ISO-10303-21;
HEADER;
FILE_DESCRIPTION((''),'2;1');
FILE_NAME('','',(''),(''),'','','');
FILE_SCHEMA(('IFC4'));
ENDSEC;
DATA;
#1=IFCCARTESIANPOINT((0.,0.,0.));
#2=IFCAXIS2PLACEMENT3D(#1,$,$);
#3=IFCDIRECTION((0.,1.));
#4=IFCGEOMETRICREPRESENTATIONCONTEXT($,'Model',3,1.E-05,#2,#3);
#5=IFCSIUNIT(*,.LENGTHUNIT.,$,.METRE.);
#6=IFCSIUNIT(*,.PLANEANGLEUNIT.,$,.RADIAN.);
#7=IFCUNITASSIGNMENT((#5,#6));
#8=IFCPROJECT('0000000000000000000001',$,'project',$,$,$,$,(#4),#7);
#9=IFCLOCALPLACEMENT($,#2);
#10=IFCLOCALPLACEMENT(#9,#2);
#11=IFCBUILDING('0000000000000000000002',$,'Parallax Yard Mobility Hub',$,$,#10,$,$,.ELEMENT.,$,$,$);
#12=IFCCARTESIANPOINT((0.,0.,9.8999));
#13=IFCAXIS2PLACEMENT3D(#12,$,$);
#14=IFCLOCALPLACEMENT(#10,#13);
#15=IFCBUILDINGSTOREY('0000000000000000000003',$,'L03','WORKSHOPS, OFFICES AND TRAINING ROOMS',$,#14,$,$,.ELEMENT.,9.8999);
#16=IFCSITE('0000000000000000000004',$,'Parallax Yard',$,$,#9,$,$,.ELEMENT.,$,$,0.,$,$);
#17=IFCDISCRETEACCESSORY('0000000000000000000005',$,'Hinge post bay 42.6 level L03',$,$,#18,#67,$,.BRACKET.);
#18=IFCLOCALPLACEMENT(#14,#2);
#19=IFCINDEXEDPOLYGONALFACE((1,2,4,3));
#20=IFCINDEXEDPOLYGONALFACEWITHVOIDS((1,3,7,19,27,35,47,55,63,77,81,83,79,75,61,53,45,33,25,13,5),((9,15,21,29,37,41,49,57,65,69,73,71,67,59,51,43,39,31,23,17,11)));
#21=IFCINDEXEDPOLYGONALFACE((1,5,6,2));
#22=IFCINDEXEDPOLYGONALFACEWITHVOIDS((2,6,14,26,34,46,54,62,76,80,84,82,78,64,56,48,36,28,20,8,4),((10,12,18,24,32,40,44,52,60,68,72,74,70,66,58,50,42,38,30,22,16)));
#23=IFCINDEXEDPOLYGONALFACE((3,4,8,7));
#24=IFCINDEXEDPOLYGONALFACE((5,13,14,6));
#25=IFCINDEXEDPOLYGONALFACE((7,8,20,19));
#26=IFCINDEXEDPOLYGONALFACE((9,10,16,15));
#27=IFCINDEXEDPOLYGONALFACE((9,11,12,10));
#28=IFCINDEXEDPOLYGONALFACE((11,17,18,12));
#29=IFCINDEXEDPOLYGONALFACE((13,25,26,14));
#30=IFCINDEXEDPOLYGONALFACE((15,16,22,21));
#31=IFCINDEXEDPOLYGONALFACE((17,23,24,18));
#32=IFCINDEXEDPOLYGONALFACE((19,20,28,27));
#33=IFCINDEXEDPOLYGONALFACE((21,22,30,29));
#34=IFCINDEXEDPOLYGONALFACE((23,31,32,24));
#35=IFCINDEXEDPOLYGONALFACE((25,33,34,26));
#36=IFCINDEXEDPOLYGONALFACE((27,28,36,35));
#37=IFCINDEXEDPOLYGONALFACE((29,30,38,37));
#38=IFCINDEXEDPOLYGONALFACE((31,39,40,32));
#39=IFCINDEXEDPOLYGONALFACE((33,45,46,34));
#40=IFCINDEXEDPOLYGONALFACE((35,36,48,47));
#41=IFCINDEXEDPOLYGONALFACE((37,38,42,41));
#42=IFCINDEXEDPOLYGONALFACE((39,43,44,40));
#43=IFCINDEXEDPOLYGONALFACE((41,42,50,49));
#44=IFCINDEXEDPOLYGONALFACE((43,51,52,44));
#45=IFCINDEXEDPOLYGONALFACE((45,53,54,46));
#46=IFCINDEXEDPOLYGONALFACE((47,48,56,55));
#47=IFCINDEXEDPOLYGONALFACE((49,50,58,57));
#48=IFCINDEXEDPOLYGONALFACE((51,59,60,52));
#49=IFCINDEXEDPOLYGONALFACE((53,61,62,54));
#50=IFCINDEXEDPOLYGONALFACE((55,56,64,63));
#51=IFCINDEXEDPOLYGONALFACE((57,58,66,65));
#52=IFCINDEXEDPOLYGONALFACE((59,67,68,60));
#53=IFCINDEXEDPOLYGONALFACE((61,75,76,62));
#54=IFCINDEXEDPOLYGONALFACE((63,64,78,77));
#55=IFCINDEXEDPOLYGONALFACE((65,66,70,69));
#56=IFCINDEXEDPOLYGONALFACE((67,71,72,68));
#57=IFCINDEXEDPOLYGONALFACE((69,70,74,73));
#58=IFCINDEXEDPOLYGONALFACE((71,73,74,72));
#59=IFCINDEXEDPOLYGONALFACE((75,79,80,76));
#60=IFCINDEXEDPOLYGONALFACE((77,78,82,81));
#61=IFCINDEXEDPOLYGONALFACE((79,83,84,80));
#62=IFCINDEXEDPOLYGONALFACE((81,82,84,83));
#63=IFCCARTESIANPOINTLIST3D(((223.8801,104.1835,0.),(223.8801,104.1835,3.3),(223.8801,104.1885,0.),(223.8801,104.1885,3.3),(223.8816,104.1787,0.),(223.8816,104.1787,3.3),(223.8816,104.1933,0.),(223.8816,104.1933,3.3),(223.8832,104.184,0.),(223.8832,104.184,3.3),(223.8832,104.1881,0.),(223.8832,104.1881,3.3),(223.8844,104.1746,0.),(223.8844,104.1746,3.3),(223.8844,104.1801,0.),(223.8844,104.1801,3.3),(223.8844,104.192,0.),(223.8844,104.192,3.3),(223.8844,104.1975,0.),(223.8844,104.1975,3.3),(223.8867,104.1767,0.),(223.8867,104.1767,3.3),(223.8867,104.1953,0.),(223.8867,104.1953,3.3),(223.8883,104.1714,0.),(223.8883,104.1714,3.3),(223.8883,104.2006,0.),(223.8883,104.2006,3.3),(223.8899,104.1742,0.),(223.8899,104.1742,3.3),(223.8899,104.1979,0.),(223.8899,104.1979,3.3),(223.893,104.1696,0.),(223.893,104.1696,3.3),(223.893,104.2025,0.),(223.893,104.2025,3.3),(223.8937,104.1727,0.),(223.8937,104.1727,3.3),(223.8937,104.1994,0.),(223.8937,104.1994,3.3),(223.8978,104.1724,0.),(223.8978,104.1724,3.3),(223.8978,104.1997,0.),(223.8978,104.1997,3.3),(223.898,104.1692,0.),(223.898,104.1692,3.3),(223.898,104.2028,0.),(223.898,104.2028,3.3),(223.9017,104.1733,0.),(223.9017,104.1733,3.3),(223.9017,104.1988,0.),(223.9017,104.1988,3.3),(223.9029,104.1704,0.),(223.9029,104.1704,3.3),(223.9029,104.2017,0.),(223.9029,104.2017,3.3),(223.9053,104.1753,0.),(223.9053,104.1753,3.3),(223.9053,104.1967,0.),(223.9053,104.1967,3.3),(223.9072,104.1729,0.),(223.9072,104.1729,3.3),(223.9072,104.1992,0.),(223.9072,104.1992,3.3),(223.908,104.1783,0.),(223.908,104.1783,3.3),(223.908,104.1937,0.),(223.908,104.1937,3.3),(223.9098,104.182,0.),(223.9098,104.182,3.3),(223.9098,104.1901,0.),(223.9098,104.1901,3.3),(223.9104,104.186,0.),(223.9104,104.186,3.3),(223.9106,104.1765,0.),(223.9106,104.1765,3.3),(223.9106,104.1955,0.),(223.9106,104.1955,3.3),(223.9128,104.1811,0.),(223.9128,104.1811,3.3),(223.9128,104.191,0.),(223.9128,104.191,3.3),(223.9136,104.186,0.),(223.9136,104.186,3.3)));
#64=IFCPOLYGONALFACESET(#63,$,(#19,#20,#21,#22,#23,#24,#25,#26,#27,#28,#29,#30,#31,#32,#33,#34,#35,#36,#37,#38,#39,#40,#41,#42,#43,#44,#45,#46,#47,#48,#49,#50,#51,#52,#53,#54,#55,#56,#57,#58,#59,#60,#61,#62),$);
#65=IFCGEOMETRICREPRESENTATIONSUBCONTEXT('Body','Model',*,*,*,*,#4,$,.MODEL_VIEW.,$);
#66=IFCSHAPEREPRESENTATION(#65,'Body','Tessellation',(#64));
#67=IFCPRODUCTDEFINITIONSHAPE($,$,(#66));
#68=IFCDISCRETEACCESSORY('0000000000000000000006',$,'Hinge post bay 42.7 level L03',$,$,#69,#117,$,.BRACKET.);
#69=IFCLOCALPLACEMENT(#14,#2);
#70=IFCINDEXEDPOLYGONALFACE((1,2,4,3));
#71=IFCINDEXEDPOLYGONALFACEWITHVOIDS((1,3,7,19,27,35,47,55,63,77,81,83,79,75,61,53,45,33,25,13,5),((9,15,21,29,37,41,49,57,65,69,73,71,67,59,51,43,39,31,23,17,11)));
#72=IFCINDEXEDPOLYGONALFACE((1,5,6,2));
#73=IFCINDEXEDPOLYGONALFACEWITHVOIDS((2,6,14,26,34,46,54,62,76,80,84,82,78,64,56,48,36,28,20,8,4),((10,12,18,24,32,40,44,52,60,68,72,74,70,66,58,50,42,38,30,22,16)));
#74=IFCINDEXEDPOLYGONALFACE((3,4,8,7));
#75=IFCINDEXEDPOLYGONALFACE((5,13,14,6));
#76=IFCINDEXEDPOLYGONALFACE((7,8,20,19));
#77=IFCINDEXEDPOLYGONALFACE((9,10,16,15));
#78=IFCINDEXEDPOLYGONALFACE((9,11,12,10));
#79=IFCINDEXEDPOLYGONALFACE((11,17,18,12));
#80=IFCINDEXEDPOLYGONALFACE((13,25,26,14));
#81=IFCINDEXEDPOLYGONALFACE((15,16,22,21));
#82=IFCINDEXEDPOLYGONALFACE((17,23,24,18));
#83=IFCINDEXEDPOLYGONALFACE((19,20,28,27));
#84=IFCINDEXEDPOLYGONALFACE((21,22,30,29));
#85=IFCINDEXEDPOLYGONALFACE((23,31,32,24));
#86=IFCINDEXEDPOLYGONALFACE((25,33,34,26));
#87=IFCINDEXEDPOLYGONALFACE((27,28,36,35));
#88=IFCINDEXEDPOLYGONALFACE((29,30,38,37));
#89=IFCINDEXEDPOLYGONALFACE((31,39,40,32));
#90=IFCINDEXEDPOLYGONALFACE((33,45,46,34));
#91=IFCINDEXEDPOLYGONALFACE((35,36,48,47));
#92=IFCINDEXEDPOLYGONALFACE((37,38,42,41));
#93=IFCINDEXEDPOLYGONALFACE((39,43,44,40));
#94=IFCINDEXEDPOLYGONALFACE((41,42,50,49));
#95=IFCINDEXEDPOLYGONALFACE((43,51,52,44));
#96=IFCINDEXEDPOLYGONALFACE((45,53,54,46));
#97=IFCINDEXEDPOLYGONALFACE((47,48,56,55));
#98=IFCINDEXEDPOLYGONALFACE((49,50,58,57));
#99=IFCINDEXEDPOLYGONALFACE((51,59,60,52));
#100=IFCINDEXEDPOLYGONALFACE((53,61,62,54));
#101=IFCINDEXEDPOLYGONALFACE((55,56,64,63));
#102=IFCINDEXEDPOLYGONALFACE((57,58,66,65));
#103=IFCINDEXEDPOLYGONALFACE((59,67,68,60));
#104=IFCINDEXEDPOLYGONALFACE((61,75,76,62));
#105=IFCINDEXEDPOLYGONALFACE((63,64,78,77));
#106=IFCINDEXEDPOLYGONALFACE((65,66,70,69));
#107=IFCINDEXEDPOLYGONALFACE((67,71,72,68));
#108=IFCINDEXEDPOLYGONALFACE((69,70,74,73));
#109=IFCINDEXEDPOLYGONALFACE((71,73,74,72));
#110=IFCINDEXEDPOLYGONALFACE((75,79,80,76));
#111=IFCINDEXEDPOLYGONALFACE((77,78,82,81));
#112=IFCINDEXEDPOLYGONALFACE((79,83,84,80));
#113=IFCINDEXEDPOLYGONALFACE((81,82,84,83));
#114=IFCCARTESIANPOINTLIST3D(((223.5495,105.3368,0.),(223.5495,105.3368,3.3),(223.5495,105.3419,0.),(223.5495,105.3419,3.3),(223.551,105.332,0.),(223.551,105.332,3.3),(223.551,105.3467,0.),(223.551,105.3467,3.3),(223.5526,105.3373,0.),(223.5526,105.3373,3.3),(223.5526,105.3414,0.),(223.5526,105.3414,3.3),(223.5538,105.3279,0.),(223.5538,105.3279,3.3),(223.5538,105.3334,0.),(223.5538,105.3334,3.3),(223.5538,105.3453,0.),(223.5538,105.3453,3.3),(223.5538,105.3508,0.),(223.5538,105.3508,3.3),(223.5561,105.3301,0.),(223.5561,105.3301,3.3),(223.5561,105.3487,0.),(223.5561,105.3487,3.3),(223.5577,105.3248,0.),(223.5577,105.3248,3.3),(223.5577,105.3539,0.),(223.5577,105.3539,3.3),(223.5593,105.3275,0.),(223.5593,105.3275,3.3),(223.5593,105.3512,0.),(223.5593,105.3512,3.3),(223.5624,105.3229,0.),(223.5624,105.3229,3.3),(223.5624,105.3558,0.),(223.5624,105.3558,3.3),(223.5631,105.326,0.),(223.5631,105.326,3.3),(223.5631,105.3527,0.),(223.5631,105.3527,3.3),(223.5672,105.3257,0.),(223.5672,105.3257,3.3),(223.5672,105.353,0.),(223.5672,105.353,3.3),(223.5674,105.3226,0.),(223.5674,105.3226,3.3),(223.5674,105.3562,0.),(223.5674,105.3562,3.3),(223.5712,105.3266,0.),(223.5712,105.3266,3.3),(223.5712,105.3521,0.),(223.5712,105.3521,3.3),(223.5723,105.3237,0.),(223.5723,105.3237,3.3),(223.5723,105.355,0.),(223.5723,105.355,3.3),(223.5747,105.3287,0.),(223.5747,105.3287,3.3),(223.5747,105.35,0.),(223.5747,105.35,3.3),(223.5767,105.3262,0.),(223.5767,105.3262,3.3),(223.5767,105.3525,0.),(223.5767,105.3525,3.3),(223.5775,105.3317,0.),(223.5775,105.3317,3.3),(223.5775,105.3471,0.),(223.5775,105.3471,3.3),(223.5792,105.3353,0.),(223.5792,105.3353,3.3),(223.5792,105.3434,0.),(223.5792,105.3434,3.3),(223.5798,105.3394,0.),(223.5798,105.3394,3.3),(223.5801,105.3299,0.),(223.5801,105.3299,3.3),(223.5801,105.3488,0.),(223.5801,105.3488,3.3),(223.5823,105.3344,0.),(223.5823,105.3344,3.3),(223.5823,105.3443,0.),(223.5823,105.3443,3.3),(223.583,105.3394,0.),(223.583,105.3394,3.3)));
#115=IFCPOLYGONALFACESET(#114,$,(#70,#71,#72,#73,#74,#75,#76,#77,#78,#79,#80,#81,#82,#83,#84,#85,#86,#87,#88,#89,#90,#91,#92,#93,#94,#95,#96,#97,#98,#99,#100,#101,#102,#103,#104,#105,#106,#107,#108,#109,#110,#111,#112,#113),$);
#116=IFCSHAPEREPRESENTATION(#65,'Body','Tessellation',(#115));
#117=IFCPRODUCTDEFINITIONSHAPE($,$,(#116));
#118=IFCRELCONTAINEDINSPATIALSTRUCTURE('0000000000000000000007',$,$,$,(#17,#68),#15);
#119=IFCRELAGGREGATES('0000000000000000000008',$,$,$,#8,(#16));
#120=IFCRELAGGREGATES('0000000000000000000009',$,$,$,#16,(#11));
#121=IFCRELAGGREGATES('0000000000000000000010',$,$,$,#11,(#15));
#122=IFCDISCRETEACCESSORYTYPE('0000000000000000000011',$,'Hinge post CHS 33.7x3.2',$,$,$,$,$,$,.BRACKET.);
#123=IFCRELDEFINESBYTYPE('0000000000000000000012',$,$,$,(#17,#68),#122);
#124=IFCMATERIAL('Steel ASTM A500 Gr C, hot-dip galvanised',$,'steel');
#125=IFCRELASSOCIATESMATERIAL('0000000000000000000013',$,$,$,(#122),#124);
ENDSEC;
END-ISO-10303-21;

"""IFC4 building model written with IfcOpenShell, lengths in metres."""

from ifc_helpers import new_model, si_unit, direction, frame, origin, origin_2d, place, context, subcontext, project, spatial, hollow_circle, extrude, material, material_profile, profile_set, type_object, element, save


model = new_model("IFC4")

# Units and contexts
model_context = context("Model", 3, precision=1e-05, world=origin(), true_north=direction((0.0, 1.0)))
body_context = subcontext(model_context, "Body", "Model", "MODEL_VIEW")
ifc_project = project(units=[si_unit("LENGTHUNIT", "METRE"), si_unit("PLANEANGLEUNIT", "RADIAN")], contexts=[model_context])

# Site, building, storey
site_placement = place(None, origin())
site = spatial("IfcSite", under=ifc_project, at=site_placement, Name="Parallax Yard", CompositionType="ELEMENT", RefElevation=0.0)
building_placement = place(site_placement, origin())
building = spatial("IfcBuilding", under=site, at=building_placement, Name="Parallax Yard Mobility Hub", CompositionType="ELEMENT")
storey_placement = place(building_placement, frame((0.0, 0.0, 9.8999)))
storey = spatial("IfcBuildingStorey", under=building, at=storey_placement, Name="L03", Description="WORKSHOPS, OFFICES AND TRAINING ROOMS", CompositionType="ELEMENT", Elevation=9.8999)

# Discrete accessories
ifc_material_1 = material(Name="Steel ASTM A500 Gr C, hot-dip galvanised", Category="steel")
ifc_material_profile_1 = material_profile(ifc_material_1, hollow_circle(Radius=0.0168, WallThickness=0.0032, at=origin_2d()), Name="CHS 33.7x3.2")
ifc_profile_set_1 = profile_set([ifc_material_profile_1], Name="Steel ASTM A500 Gr C, hot-dip galvanised")
discrete_accessory_type_1 = type_object("IfcDiscreteAccessoryType", Name="Hinge post CHS 33.7x3.2", PredefinedType="BRACKET", material=ifc_profile_set_1)
for number, where, z_axis, x_axis, name in (
    (1, (223.8967, 104.186, 0.0), (0.0, 0.0, 1.0), (1.0, 0.0, 0.0), "Hinge post bay 42.6 level L03"),
    (2, (223.5662, 105.3394, 0.0), (0.0, 0.0, 1.0), (1.0, 0.0, 0.0), "Hinge post bay 42.7 level L03"),
):
    element("IfcDiscreteAccessory", number, at=place(storey_placement, frame(where, z_axis=z_axis, x_axis=x_axis)), inside=storey, type_object=discrete_accessory_type_1, Name=name, PredefinedType="BRACKET", context=body_context, shape_type="SweptSolid", body=[
        extrude(hollow_circle(Radius=0.0168, WallThickness=0.0032, at=origin_2d()), origin(), (0.0, 0.0, 1.0), 3.3),
    ])

save(model, "model.ifc")
